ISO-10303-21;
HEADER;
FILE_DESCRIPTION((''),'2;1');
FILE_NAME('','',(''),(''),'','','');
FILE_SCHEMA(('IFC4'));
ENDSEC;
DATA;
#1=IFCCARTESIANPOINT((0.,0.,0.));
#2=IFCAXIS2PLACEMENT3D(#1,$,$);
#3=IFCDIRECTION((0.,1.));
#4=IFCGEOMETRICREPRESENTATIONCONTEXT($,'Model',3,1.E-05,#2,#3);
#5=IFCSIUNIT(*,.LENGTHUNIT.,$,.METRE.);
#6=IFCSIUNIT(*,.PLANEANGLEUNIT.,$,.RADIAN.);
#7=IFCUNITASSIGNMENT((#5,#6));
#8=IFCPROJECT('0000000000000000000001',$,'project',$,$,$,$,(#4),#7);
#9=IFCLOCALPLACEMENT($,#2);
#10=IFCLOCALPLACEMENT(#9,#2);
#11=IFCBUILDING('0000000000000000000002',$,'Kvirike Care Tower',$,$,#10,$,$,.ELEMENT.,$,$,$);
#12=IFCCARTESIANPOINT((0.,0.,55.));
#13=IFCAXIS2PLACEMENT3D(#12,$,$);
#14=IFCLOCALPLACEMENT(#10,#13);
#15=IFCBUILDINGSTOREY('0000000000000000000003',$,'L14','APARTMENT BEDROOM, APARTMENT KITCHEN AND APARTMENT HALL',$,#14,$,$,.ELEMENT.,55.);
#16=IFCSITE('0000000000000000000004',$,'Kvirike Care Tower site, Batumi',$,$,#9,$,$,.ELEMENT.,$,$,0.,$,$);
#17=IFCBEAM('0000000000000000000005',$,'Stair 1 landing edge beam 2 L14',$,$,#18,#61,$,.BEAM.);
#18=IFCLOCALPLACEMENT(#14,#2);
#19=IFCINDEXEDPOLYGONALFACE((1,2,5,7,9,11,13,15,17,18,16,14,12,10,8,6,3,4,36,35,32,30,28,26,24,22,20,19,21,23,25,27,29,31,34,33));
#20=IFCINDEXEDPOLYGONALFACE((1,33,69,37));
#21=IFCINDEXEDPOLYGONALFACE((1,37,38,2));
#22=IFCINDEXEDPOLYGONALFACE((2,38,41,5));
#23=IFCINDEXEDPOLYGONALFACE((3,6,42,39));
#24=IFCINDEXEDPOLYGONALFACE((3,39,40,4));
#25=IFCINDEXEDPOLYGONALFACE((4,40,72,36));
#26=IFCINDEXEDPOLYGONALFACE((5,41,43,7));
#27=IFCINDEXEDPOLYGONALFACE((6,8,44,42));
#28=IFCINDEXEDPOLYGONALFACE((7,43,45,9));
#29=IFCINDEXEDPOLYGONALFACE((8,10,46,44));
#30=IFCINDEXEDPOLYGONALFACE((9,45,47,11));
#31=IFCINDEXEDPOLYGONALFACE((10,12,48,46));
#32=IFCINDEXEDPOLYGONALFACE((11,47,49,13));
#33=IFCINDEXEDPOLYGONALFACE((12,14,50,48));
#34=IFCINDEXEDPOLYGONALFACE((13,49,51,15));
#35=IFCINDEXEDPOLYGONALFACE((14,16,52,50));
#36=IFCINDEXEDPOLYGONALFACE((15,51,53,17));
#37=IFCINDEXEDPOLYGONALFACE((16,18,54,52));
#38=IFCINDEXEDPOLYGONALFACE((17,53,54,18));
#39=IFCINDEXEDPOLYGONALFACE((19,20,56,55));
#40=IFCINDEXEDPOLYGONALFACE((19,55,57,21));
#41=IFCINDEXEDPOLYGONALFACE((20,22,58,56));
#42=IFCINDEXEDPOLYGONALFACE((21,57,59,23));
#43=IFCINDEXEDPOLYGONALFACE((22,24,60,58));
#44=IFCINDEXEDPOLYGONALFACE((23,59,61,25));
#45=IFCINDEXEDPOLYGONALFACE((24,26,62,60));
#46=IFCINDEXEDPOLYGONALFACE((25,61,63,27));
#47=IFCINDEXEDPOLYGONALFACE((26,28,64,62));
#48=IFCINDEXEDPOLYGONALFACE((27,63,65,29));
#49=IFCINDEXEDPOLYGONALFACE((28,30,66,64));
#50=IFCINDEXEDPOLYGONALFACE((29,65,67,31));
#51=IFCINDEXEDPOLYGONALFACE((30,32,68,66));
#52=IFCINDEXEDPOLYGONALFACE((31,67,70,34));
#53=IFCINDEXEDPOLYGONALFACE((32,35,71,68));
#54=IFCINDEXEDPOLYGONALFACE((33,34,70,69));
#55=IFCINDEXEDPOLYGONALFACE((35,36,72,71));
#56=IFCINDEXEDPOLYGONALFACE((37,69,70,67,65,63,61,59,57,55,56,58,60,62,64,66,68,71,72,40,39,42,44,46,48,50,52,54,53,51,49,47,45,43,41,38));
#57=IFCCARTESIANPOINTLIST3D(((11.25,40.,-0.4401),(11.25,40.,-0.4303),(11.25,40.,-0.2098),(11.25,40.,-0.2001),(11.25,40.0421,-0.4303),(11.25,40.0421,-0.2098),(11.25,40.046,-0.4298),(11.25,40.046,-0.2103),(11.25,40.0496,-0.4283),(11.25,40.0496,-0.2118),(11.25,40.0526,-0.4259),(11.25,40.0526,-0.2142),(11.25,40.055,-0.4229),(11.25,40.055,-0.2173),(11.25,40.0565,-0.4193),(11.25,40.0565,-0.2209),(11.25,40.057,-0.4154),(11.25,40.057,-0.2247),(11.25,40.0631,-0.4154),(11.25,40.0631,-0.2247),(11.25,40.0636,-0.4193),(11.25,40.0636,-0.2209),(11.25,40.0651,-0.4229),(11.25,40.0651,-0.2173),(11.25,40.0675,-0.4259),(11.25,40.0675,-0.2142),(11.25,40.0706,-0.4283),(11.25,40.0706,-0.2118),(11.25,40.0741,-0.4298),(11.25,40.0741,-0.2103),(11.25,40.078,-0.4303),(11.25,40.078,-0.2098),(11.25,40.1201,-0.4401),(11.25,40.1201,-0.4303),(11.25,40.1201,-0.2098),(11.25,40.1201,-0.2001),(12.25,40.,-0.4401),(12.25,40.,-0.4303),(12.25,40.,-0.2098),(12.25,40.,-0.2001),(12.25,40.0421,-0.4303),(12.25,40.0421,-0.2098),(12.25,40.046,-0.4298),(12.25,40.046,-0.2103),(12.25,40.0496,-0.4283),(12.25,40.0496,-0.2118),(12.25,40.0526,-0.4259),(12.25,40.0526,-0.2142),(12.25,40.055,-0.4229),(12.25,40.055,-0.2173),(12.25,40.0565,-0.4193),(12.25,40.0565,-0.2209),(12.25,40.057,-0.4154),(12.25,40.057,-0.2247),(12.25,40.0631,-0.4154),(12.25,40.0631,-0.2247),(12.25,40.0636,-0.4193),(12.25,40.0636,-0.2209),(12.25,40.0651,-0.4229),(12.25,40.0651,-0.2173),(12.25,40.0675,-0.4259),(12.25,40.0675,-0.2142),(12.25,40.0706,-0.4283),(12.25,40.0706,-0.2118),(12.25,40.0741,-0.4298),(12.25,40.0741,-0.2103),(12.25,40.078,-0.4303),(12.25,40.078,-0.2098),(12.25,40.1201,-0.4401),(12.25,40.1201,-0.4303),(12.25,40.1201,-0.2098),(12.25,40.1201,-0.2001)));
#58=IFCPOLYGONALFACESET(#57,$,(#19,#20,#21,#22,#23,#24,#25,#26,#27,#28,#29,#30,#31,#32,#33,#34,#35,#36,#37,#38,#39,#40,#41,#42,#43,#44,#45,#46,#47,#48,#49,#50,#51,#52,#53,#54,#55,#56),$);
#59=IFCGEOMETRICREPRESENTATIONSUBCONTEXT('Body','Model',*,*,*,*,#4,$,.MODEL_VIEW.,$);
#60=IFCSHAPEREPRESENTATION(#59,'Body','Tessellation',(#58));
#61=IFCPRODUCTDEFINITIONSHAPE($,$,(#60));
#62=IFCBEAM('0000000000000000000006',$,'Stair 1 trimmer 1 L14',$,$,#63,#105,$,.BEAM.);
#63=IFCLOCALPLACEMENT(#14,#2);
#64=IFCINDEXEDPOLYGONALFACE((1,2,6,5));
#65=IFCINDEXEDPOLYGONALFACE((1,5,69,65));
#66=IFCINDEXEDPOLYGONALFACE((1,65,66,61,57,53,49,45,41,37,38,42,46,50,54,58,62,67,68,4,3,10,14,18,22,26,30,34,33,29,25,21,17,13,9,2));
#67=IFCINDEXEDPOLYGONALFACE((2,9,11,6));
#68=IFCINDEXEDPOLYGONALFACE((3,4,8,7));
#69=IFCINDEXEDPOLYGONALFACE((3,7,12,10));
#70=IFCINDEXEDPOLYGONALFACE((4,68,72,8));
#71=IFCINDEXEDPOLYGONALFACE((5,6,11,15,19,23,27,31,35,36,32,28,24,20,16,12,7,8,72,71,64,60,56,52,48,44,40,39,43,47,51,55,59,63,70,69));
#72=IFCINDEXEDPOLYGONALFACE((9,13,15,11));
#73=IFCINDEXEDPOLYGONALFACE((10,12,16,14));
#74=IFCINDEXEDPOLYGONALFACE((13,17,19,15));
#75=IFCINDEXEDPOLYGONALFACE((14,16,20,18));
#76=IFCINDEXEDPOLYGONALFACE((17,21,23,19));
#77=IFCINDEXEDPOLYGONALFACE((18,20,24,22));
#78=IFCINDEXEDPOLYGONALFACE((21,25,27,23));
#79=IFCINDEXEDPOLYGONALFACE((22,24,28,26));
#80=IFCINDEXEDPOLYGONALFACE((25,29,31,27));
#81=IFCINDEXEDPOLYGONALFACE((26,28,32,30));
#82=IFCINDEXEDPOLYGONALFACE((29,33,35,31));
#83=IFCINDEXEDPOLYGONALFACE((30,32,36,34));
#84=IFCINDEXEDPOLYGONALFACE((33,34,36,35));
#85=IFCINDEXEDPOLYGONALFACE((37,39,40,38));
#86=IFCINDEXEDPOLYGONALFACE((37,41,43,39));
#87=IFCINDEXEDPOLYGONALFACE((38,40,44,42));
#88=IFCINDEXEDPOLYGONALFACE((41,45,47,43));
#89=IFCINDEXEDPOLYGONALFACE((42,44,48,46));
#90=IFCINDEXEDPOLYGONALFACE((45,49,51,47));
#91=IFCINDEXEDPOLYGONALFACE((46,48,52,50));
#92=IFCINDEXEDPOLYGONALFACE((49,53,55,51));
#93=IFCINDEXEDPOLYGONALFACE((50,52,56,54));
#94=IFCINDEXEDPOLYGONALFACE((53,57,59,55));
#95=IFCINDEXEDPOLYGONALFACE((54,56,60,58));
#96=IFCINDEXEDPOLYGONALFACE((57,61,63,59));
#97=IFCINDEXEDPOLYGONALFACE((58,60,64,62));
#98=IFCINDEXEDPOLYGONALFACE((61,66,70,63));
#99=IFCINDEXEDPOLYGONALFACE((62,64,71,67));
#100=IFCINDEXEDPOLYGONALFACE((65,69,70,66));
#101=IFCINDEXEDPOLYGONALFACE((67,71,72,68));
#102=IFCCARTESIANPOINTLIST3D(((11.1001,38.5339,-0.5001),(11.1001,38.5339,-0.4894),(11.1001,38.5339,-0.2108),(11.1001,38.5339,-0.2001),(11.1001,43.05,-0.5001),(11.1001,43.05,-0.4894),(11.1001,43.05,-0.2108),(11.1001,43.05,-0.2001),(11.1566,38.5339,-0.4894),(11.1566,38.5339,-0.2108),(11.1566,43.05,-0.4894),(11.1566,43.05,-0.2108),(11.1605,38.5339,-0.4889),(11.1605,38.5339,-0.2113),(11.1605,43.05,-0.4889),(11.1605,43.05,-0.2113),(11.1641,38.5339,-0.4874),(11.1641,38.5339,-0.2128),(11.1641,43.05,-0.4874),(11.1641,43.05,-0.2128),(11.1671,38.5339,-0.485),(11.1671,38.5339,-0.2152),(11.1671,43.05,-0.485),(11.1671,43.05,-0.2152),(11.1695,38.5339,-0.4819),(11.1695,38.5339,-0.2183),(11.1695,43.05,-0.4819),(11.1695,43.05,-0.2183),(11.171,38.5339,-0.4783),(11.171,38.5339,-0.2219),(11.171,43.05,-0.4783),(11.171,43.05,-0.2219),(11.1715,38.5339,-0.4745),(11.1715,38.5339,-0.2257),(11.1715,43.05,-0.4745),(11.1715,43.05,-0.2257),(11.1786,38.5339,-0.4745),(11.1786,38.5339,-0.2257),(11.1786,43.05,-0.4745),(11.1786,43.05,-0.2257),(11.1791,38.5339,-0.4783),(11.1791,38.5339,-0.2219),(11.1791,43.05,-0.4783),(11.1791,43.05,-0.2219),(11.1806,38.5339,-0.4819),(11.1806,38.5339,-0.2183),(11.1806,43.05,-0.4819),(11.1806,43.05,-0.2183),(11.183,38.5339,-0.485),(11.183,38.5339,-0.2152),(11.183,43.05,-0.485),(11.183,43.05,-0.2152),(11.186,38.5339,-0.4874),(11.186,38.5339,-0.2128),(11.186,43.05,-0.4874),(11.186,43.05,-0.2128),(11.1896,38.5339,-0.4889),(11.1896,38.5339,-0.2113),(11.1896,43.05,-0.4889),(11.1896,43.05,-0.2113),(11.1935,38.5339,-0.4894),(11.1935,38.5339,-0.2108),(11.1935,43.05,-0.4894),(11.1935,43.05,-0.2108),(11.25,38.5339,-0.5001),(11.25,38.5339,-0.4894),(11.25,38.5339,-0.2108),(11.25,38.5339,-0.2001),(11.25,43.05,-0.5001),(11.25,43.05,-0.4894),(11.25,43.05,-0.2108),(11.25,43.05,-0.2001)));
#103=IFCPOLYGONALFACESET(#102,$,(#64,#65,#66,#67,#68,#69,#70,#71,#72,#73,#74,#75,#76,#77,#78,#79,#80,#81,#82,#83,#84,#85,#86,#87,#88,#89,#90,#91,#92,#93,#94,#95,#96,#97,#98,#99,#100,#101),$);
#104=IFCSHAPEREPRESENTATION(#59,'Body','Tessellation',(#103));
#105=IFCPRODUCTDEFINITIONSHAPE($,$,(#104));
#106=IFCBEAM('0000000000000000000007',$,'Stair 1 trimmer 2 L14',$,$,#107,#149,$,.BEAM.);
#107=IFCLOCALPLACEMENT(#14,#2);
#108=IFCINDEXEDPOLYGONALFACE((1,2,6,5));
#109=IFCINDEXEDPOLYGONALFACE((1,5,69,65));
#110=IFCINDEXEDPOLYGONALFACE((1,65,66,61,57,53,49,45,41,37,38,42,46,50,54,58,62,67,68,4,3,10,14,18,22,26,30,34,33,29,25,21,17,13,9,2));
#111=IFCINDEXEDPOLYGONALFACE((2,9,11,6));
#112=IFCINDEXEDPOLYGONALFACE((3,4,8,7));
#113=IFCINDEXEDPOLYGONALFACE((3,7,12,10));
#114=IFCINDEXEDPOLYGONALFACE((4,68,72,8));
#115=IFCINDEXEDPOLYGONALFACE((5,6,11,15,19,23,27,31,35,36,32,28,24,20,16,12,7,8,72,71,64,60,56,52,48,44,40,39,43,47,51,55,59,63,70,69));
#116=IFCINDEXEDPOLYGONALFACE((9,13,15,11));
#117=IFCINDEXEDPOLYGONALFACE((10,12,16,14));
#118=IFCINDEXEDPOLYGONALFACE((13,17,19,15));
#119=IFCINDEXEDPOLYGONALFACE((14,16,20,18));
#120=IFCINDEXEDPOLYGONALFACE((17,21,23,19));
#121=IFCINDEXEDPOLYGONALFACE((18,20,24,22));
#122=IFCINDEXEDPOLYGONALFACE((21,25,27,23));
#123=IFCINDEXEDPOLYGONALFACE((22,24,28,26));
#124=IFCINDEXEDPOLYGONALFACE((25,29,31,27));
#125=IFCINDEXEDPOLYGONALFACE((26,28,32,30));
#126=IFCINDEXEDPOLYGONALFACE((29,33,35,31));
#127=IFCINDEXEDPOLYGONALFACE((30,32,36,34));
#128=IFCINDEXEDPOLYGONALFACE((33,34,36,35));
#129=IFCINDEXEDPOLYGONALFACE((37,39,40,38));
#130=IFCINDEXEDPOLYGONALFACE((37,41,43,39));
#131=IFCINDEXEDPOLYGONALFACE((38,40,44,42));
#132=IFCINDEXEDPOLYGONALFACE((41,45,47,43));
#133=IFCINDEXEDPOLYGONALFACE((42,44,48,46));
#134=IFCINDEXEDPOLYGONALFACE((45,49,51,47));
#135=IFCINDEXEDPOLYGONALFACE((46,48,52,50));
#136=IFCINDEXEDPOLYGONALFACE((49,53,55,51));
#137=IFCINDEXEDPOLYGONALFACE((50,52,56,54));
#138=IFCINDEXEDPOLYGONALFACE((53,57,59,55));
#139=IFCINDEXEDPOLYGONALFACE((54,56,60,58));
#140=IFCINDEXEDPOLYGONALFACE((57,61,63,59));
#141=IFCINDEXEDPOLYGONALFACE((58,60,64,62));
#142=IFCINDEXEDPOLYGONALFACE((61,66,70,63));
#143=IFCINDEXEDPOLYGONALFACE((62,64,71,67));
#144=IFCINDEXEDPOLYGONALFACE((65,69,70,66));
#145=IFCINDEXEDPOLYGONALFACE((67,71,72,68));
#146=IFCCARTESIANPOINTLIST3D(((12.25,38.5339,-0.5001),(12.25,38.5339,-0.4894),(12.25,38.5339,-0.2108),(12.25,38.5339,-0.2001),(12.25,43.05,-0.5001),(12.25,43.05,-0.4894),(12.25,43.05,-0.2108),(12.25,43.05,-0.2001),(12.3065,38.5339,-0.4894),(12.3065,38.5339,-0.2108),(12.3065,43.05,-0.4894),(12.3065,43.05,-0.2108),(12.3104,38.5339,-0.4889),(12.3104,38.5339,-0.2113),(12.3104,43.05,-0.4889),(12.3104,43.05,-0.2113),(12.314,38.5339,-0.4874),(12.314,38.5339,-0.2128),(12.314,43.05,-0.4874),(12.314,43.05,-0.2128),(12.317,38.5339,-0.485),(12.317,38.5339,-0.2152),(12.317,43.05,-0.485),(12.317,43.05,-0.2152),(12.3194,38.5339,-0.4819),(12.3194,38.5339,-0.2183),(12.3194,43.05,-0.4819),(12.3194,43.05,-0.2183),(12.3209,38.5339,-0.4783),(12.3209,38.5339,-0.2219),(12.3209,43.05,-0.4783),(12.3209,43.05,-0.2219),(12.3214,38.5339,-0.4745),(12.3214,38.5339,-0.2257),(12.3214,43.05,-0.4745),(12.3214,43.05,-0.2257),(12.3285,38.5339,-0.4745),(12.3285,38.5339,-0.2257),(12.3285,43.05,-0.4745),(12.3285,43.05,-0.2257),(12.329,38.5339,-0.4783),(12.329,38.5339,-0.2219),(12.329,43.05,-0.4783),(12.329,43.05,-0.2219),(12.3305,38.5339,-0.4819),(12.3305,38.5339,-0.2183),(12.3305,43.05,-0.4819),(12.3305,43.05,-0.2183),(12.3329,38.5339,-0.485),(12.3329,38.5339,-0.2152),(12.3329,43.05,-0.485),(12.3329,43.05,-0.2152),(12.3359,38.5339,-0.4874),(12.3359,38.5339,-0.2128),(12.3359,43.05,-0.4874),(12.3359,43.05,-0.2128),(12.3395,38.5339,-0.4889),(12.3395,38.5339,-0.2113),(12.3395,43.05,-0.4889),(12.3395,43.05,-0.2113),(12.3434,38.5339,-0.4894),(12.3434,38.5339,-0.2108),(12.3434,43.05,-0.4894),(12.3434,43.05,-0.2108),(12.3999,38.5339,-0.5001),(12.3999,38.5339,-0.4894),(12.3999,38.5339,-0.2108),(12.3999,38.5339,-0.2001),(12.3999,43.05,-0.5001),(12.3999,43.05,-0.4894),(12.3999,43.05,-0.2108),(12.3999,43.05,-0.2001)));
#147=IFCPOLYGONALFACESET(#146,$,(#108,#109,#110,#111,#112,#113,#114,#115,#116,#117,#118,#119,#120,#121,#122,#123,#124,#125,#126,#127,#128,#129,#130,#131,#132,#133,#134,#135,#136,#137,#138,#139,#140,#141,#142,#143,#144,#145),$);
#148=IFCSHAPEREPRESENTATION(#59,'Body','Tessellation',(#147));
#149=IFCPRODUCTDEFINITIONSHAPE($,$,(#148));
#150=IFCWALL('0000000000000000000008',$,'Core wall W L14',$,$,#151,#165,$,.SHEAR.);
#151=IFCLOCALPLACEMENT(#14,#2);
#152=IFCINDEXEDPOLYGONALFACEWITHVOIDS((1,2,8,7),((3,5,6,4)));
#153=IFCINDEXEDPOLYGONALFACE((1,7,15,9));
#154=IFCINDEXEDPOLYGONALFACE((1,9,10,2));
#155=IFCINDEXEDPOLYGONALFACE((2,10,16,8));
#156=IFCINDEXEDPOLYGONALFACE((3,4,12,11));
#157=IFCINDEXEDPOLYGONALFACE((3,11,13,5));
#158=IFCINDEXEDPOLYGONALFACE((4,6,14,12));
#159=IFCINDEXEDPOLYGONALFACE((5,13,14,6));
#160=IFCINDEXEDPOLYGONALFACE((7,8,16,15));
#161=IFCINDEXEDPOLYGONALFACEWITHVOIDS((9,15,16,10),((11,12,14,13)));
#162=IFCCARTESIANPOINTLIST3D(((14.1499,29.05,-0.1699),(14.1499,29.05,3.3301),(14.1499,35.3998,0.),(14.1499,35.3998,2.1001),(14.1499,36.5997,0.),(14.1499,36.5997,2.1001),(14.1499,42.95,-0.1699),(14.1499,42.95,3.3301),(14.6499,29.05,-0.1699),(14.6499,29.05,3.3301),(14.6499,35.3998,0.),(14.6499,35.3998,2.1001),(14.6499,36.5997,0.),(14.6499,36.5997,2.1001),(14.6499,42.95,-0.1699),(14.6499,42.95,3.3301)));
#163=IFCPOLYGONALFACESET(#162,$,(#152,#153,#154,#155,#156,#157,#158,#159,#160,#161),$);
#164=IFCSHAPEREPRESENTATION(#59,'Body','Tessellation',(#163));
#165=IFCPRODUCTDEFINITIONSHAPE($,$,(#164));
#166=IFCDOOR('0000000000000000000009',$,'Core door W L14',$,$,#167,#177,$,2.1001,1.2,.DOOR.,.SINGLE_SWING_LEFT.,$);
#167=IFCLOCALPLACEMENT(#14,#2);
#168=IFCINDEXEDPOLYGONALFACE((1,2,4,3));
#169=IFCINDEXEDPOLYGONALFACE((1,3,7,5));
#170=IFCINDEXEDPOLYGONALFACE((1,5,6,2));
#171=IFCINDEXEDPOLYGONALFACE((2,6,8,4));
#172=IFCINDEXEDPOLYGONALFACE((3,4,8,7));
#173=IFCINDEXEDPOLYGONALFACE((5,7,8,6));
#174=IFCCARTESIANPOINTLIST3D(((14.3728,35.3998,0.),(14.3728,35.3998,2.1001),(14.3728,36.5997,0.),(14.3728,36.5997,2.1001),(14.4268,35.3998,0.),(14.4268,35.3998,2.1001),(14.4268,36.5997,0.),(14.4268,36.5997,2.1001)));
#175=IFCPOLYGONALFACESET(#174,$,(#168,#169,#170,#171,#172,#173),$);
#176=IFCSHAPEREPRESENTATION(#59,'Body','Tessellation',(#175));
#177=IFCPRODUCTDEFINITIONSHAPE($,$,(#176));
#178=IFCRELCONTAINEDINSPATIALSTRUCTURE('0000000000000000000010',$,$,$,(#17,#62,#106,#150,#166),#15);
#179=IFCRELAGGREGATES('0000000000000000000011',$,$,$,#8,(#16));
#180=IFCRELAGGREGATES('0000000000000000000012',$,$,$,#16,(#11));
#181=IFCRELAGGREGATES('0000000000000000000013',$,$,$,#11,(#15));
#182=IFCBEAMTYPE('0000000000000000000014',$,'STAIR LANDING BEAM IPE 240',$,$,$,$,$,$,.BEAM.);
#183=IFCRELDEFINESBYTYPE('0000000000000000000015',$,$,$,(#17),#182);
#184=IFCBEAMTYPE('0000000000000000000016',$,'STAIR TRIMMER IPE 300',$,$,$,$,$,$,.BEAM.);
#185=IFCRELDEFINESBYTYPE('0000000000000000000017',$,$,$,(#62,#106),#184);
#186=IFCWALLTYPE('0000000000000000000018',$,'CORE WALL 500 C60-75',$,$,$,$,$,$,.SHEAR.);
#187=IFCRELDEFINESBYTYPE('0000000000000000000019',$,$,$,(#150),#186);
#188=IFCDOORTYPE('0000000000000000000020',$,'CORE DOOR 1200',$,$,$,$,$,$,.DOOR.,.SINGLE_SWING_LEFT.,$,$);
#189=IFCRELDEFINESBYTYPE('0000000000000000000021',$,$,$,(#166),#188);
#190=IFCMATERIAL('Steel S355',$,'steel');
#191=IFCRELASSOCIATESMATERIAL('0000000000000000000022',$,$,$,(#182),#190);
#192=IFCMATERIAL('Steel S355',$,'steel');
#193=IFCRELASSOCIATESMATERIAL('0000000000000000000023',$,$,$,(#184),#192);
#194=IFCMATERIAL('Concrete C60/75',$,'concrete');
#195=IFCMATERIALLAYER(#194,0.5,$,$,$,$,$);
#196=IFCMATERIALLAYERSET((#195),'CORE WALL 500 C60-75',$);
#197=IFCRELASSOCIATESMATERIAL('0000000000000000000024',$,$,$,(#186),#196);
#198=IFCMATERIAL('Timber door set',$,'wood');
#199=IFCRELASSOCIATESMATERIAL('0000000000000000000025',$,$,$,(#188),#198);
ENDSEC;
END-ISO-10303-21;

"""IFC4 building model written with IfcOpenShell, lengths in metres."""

from ifc_helpers import new_model, si_unit, direction, frame, frame_2d, origin, origin_2d, place, context, subcontext, project, spatial, rectangle, i_section, extrude, material, layer, layer_set, material_profile, profile_set, type_object, element, fill, save


model = new_model("IFC4")

# Units and contexts
model_context = context("Model", 3, precision=1e-05, world=origin(), true_north=direction((0.0, 1.0)))
body_context = subcontext(model_context, "Body", "Model", "MODEL_VIEW")
ifc_project = project(units=[si_unit("LENGTHUNIT", "METRE"), si_unit("PLANEANGLEUNIT", "RADIAN")], contexts=[model_context])

# Site, building, storey
site_placement = place(None, origin())
site = spatial("IfcSite", under=ifc_project, at=site_placement, Name="Kvirike Care Tower site, Batumi", CompositionType="ELEMENT", RefElevation=0.0)
building_placement = place(site_placement, origin())
building = spatial("IfcBuilding", under=site, at=building_placement, Name="Kvirike Care Tower", CompositionType="ELEMENT")
storey_placement = place(building_placement, frame((0.0, 0.0, 55.0)))
storey = spatial("IfcBuildingStorey", under=building, at=storey_placement, Name="L14", Description="APARTMENT BEDROOM, APARTMENT KITCHEN AND APARTMENT HALL", CompositionType="ELEMENT", Elevation=55.0)

# Beams
ifc_material_1 = material(Name="Steel S355", Category="steel")
ifc_material_profile_1 = material_profile(ifc_material_1, i_section(OverallWidth=0.1201, OverallDepth=0.24, WebThickness=0.0061, FlangeThickness=0.0098, FilletRadius=0.0149, at=origin_2d()), Name="IPE 240")
ifc_profile_set_1 = profile_set([ifc_material_profile_1], Name="Steel S355")
beam_type_1 = type_object("IfcBeamType", Name="STAIR LANDING BEAM IPE 240", PredefinedType="BEAM", material=ifc_profile_set_1)
for number, where, z_axis, x_axis, name in (
    (1, (11.25, 40.0601, -0.3201), (1.0, 0.0, 0.0), (0.0, 1.0, 0.0), "Stair 1 landing edge beam 2 L14"),
):
    element("IfcBeam", number, at=place(storey_placement, frame(where, z_axis=z_axis, x_axis=x_axis)), inside=storey, type_object=beam_type_1, Name=name, PredefinedType="BEAM", context=body_context, shape_type="SweptSolid", body=[
        extrude(i_section(OverallWidth=0.1201, OverallDepth=0.24, WebThickness=0.0061, FlangeThickness=0.0098, FilletRadius=0.0149, at=origin_2d()), origin(), (0.0, 0.0, 1.0), 1.0),
    ])
ifc_material_2 = material(Name="Steel S355", Category="steel")
ifc_material_profile_2 = material_profile(ifc_material_2, i_section(OverallWidth=0.1499, OverallDepth=0.3, WebThickness=0.0071, FlangeThickness=0.0107, FilletRadius=0.0149, at=origin_2d()), Name="IPE 300")
ifc_profile_set_2 = profile_set([ifc_material_profile_2], Name="Steel S355")
beam_type_2 = type_object("IfcBeamType", Name="STAIR TRIMMER IPE 300", PredefinedType="BEAM", material=ifc_profile_set_2)
for number, where, z_axis, x_axis, name in (
    (2, (11.175, 43.05, -0.3501), (0.0, -1.0, 0.0), (1.0, 0.0, 0.0), "Stair 1 trimmer 1 L14"),
    (3, (12.325, 43.05, -0.3501), (0.0, -1.0, 0.0), (1.0, 0.0, 0.0), "Stair 1 trimmer 2 L14"),
):
    element("IfcBeam", number, at=place(storey_placement, frame(where, z_axis=z_axis, x_axis=x_axis)), inside=storey, type_object=beam_type_2, Name=name, PredefinedType="BEAM", context=body_context, shape_type="SweptSolid", body=[
        extrude(i_section(OverallWidth=0.1499, OverallDepth=0.3, WebThickness=0.0071, FlangeThickness=0.0107, FilletRadius=0.0149, at=origin_2d()), origin(), (0.0, 0.0, 1.0), 4.5161),
    ])

# Wall, opening, door
ifc_material_3 = material(Name="Concrete C60/75", Category="concrete")
ifc_layer_1 = layer(ifc_material_3, 0.5)
ifc_layer_set_1 = layer_set([ifc_layer_1], Name="CORE WALL 500 C60-75")
wall_type_1 = type_object("IfcWallType", Name="CORE WALL 500 C60-75", PredefinedType="SHEAR", material=ifc_layer_set_1)
wall_1_placement = place(storey_placement, frame((14.3999, 42.95, -0.1699), z_axis=(0.0, 0.0, 1.0), x_axis=(0.0, -1.0, 0.0)))
wall_1 = element("IfcWall", 4, at=wall_1_placement, inside=storey, type_object=wall_type_1, Name="Core wall W L14", PredefinedType="SHEAR", context=body_context, shape_type="SweptSolid", body=[
    extrude(rectangle(XDim=13.8999, YDim=0.5, at=frame_2d((6.95, 0.0))), origin(), (0.0, 0.0, 1.0), 3.5),
])
opening_1_placement = place(wall_1_placement, frame((6.3501, 0.0, 0.1699)))
opening_1 = element("IfcOpeningElement", 5, at=opening_1_placement, cuts=wall_1, PredefinedType="OPENING", context=body_context, shape_type="SweptSolid", body=[
    extrude(rectangle(XDim=1.2, YDim=2.1001, at=frame_2d((0.6001, 1.05))), frame((0.0, 0.2605, 0.0), z_axis=(0.0, -1.0, 0.0), x_axis=(1.0, 0.0, 0.0)), (0.0, 0.0, 1.0), 0.521),
])
ifc_material_4 = material(Name="Timber door set", Category="wood")
door_type_1 = type_object("IfcDoorType", Name="CORE DOOR 1200", OperationType="SINGLE_SWING_LEFT", PredefinedType="DOOR", material=ifc_material_4)
door_1_placement = place(opening_1_placement, origin())
door_1 = element("IfcDoor", 6, at=door_1_placement, inside=storey, type_object=door_type_1, Name="Core door W L14", OperationType="SINGLE_SWING_LEFT", OverallHeight=2.1001, OverallWidth=1.2, PredefinedType="DOOR", context=body_context, shape_type="SweptSolid", body=[
    extrude(rectangle(XDim=1.2, YDim=2.1001, at=frame_2d((0.6001, 1.05))), frame((0.0, 0.0269, 0.0), z_axis=(0.0, -1.0, 0.0), x_axis=(1.0, 0.0, 0.0)), (0.0, 0.0, 1.0), 0.054),
])
fill(opening_1, door_1)

save(model, "model.ifc")
